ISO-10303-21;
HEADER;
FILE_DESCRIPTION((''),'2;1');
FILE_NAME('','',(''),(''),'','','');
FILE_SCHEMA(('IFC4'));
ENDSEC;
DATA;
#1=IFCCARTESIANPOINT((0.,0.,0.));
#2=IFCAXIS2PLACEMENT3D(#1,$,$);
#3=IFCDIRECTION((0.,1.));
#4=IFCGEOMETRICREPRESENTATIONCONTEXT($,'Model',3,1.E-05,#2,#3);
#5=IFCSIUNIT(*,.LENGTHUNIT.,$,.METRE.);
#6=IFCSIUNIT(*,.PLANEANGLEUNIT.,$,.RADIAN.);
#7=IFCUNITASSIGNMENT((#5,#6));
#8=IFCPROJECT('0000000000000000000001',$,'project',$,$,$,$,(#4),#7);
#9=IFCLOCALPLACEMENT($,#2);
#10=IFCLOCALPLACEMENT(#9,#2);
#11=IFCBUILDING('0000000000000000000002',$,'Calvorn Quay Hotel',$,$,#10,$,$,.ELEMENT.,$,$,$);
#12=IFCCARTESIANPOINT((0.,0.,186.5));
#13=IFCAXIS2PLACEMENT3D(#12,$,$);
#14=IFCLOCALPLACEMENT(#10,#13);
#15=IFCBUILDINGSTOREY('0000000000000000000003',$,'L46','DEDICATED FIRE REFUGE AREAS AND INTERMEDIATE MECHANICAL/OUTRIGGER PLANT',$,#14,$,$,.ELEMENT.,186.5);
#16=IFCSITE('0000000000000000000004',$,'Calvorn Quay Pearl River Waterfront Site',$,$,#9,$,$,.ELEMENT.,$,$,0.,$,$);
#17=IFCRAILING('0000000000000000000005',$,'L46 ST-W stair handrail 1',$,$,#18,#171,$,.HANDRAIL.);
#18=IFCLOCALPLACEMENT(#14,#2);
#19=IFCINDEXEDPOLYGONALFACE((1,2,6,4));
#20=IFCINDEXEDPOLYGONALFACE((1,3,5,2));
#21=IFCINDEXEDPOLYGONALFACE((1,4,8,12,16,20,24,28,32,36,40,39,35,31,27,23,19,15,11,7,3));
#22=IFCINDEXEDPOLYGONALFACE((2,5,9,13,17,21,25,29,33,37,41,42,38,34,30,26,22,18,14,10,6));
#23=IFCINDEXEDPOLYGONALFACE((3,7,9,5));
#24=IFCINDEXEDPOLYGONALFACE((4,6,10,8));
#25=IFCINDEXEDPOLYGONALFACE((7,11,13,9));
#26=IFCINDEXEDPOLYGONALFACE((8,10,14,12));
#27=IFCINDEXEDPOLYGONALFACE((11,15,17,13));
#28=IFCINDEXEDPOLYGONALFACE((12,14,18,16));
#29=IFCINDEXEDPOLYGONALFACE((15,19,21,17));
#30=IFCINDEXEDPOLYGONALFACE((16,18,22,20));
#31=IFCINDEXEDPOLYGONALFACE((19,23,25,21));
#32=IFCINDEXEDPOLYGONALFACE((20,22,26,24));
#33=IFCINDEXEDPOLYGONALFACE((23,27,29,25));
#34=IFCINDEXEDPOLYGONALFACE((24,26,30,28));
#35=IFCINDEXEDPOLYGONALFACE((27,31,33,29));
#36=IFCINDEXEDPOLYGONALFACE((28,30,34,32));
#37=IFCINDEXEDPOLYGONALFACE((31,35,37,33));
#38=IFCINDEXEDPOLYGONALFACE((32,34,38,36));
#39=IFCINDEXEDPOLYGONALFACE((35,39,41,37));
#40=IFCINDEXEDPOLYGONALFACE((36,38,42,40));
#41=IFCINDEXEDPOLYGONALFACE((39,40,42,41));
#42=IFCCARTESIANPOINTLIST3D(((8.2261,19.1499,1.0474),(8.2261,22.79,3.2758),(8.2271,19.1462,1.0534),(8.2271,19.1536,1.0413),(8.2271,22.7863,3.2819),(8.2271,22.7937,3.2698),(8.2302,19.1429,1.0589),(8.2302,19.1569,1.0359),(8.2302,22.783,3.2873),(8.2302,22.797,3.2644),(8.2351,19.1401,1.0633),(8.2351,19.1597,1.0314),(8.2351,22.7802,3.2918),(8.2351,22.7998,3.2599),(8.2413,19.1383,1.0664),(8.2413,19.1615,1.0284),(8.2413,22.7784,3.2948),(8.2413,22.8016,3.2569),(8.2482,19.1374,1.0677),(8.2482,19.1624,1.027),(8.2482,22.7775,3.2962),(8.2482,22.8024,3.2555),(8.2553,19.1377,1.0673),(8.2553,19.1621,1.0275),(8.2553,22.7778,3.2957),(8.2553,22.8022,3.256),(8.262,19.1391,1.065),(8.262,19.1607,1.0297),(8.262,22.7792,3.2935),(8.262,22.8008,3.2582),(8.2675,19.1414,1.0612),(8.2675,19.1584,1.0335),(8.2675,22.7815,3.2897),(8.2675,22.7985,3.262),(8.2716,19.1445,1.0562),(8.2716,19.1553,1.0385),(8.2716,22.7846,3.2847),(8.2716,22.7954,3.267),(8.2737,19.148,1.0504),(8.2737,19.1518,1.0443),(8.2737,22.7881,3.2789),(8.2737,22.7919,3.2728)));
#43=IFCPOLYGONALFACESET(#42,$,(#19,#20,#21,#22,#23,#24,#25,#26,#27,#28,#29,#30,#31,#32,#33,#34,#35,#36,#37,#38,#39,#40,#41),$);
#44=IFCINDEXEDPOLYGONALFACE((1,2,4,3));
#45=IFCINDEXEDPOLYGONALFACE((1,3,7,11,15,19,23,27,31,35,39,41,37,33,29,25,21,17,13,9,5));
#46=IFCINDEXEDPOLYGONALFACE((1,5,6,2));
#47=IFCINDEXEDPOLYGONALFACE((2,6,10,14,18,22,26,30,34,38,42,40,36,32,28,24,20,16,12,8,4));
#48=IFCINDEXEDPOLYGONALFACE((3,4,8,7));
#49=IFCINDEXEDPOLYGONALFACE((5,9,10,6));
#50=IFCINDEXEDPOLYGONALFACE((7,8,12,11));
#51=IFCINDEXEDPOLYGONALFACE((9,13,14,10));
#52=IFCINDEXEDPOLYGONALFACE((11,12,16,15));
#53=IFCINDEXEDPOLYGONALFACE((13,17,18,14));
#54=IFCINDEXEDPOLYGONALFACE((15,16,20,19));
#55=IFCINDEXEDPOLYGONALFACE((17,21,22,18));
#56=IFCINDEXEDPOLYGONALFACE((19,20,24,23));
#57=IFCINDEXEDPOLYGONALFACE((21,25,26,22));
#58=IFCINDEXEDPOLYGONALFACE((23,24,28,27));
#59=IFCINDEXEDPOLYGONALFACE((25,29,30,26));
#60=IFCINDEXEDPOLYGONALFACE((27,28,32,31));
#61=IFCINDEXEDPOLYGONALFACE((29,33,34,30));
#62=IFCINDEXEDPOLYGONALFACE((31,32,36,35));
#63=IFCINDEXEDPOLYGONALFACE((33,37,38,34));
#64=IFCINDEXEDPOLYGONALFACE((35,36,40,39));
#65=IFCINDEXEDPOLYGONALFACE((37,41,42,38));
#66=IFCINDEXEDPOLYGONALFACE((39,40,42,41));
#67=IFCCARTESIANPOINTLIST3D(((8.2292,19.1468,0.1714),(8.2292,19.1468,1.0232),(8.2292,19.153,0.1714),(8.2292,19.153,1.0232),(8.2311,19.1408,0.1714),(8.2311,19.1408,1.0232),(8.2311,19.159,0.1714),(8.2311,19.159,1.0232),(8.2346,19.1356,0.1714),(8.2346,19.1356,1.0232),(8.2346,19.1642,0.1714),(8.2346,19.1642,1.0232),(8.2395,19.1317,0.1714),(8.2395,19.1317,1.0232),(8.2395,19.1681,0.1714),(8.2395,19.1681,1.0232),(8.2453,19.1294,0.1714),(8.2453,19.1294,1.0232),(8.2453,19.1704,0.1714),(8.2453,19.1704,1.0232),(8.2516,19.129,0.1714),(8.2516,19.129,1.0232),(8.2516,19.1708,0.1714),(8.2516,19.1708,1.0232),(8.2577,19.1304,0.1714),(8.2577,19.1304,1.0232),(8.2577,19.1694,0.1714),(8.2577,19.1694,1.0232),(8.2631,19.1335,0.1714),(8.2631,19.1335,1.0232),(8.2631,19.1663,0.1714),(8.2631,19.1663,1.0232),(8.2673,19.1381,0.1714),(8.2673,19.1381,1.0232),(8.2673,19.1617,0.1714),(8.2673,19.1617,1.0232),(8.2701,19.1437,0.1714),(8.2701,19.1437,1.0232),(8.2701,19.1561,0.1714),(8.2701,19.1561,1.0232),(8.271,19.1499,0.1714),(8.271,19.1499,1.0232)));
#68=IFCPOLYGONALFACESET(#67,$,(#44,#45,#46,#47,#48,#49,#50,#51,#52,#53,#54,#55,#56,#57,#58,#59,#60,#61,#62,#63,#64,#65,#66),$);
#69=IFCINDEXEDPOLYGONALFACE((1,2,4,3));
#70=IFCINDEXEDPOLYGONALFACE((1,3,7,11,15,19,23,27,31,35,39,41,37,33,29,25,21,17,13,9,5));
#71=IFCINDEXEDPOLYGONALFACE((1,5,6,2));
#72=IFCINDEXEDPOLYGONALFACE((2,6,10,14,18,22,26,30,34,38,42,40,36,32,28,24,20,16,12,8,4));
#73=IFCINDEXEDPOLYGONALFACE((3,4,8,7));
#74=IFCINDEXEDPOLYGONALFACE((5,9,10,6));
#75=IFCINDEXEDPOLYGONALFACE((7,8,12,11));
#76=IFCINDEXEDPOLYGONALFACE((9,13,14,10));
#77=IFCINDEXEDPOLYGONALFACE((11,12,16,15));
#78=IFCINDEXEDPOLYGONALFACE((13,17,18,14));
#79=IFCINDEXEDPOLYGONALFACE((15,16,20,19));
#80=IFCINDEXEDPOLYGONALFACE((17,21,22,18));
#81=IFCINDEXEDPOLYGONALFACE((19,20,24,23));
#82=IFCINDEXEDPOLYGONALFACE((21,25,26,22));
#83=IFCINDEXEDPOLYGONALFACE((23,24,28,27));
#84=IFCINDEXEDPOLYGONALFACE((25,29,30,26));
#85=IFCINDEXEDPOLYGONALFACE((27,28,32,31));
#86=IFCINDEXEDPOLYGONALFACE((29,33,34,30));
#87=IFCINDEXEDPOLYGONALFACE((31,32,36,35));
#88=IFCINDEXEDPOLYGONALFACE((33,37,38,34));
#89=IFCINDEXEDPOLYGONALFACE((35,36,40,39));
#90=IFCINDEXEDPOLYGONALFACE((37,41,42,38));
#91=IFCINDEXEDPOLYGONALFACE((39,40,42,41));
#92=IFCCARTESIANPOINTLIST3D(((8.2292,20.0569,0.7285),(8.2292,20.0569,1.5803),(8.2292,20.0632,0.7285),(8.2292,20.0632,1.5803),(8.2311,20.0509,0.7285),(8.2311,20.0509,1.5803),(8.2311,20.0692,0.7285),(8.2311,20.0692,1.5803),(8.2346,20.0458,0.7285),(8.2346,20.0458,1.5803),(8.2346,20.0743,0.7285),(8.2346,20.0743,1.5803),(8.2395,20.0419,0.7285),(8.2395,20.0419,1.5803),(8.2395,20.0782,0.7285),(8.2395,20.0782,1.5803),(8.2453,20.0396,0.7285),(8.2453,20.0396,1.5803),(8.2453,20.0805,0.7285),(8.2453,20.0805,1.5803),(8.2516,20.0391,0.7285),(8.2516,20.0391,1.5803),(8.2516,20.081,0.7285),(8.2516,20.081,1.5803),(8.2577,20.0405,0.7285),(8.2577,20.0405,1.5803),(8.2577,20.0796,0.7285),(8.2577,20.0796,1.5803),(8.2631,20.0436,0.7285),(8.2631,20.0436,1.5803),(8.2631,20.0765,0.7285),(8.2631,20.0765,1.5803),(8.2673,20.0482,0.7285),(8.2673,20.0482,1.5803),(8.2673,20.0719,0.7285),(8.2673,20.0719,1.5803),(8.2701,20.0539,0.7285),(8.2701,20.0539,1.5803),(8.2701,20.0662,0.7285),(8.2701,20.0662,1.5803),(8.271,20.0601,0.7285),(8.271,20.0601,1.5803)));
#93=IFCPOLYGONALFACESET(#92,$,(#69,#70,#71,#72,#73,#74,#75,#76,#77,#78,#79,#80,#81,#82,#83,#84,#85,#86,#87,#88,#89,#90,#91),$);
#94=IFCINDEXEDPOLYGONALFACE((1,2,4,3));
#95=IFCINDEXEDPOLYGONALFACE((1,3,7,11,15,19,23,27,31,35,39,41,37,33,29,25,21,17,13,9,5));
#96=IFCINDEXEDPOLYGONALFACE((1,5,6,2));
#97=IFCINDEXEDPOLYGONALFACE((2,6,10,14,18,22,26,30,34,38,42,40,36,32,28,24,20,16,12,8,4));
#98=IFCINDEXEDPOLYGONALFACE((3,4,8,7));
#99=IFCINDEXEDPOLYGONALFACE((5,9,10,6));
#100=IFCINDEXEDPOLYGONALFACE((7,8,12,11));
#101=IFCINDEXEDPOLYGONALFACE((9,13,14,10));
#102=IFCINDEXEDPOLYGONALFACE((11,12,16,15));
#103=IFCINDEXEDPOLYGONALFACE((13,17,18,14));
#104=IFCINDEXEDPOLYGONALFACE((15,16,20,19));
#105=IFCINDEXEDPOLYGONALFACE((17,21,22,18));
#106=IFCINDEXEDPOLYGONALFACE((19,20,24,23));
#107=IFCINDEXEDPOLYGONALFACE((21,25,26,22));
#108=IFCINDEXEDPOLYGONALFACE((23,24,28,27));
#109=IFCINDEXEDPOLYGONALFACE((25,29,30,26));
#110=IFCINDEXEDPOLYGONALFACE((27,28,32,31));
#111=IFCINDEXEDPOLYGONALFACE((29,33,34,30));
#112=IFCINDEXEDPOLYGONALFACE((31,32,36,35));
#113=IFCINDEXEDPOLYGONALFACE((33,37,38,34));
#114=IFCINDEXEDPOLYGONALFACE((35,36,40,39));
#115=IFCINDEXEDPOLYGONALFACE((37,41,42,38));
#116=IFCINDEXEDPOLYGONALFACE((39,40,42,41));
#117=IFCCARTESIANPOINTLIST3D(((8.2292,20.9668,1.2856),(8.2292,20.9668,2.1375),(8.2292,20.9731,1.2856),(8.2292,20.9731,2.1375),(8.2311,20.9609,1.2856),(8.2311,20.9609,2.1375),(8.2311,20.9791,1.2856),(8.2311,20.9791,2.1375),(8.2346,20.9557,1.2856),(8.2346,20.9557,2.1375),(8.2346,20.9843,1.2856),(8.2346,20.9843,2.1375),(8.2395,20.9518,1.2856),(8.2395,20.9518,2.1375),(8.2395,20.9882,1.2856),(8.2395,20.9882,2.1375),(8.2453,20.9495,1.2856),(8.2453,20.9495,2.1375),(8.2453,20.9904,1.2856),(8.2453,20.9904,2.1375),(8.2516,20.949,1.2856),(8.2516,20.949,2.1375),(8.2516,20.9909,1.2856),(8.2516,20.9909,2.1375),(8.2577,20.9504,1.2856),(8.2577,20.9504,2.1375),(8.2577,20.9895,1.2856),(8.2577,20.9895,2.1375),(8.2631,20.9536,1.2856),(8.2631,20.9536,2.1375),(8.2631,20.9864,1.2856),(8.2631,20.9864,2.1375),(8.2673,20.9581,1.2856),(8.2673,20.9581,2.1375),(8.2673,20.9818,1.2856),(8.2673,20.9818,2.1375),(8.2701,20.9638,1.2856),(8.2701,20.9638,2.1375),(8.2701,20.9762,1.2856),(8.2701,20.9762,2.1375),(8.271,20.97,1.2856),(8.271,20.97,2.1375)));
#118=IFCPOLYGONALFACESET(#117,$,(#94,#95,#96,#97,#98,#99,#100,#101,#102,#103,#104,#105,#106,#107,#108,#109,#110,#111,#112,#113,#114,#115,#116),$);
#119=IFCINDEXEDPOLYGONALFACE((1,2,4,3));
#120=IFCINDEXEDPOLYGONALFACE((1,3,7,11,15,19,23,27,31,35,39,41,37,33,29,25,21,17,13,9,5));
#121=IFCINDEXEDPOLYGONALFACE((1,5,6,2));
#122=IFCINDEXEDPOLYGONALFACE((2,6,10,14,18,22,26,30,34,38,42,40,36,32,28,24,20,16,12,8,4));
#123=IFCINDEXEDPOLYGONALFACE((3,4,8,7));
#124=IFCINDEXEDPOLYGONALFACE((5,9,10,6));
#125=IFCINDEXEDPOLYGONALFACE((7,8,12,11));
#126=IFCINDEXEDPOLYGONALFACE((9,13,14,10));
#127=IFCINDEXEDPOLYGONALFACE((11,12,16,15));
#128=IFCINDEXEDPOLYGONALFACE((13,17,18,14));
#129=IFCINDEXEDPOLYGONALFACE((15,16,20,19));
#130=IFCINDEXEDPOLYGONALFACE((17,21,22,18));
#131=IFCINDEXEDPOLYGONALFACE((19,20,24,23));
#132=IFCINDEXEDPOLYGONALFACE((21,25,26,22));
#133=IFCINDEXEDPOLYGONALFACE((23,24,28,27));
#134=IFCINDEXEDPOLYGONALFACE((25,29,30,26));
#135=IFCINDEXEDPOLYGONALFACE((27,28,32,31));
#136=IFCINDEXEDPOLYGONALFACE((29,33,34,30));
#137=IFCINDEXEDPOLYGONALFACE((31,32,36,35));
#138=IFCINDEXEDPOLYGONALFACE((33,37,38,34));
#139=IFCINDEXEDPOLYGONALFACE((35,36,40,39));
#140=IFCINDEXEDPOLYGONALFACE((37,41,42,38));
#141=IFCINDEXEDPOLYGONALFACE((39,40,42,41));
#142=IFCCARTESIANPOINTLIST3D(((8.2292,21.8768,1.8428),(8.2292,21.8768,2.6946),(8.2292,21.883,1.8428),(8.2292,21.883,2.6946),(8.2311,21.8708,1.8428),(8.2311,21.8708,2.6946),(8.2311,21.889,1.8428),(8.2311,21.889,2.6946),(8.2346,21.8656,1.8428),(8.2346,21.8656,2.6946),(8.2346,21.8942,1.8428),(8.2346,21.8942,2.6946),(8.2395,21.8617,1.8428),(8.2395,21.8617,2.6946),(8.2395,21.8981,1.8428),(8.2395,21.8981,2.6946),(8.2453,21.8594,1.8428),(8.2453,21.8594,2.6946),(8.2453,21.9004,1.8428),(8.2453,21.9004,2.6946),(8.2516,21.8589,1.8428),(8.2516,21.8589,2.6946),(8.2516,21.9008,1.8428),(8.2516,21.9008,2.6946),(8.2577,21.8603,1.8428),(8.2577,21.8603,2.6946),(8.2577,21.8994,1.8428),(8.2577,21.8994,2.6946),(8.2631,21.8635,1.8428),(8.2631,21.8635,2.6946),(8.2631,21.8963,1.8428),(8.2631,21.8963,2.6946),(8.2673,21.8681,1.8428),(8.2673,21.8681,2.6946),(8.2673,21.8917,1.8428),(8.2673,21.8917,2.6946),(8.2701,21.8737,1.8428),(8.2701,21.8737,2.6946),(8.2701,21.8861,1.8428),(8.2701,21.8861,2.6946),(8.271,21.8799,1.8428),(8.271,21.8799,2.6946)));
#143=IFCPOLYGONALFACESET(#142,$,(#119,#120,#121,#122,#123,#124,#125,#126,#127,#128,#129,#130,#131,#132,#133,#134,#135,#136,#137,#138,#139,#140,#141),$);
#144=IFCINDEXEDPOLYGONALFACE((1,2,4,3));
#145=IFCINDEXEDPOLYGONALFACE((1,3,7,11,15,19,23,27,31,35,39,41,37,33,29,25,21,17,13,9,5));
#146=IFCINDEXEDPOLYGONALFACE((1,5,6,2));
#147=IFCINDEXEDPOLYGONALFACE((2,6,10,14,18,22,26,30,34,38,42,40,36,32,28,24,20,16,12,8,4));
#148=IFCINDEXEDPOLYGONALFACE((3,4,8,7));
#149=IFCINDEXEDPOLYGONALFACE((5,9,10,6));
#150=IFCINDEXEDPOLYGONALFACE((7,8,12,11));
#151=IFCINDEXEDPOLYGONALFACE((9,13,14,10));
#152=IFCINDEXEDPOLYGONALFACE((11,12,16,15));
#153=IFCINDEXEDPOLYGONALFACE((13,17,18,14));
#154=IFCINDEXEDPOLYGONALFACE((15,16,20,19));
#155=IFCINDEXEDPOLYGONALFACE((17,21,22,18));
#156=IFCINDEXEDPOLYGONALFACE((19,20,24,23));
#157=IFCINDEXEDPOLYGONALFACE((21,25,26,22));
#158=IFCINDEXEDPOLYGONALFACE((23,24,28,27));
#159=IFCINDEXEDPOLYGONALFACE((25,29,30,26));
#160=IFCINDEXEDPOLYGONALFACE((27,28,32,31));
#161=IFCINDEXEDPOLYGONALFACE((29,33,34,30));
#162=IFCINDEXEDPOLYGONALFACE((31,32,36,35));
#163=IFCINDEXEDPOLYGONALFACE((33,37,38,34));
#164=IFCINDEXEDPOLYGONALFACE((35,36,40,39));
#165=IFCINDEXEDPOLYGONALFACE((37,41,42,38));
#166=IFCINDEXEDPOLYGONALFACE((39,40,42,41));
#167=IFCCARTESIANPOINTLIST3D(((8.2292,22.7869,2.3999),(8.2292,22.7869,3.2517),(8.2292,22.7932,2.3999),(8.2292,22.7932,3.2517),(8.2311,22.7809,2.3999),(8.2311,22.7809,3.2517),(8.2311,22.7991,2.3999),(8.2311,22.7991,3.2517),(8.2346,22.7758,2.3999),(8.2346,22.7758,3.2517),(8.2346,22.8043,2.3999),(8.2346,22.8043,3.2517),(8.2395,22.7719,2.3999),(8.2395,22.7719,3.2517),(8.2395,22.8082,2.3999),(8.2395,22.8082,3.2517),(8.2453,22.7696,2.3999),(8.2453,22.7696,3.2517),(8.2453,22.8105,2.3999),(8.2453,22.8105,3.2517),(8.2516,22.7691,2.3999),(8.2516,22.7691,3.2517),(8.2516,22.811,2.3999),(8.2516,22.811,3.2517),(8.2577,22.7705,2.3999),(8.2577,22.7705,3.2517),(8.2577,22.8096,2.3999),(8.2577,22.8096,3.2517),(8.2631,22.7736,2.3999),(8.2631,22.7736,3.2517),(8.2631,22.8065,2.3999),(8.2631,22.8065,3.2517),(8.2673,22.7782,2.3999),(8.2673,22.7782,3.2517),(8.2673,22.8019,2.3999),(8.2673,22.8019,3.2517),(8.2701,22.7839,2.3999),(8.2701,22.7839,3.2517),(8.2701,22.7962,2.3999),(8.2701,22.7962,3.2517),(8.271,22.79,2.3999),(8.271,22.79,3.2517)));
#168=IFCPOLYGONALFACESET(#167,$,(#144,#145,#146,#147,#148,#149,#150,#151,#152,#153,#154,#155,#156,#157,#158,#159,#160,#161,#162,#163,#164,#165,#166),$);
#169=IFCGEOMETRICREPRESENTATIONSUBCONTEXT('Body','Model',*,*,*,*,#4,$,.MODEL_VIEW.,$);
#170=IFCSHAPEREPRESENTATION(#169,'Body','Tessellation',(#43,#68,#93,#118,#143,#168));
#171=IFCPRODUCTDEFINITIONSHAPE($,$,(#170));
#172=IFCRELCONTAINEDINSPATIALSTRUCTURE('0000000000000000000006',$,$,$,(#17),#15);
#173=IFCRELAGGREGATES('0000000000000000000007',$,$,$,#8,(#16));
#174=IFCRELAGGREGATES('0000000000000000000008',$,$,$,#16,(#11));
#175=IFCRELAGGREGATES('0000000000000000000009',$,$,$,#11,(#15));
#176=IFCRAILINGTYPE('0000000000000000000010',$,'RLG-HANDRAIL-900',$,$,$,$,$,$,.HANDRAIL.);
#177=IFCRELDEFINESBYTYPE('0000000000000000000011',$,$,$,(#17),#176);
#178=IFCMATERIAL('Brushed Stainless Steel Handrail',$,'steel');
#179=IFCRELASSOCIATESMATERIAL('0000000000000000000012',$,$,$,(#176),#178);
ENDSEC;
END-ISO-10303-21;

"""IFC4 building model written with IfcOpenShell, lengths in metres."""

from ifc_helpers import new_model, si_unit, direction, frame, origin, origin_2d, place, context, subcontext, project, spatial, circle, extrude, material, type_object, element, save


model = new_model("IFC4")

# Units and contexts
model_context = context("Model", 3, precision=1e-05, world=origin(), true_north=direction((0.0, 1.0)))
body_context = subcontext(model_context, "Body", "Model", "MODEL_VIEW")
ifc_project = project(units=[si_unit("LENGTHUNIT", "METRE"), si_unit("PLANEANGLEUNIT", "RADIAN")], contexts=[model_context])

# Site, building, storey
site_placement = place(None, origin())
site = spatial("IfcSite", under=ifc_project, at=site_placement, Name="Calvorn Quay Pearl River Waterfront Site", CompositionType="ELEMENT", RefElevation=0.0)
building_placement = place(site_placement, origin())
building = spatial("IfcBuilding", under=site, at=building_placement, Name="Calvorn Quay Hotel", CompositionType="ELEMENT")
storey_placement = place(building_placement, frame((0.0, 0.0, 186.5)))
storey = spatial("IfcBuildingStorey", under=building, at=storey_placement, Name="L46", Description="DEDICATED FIRE REFUGE AREAS AND INTERMEDIATE MECHANICAL/OUTRIGGER PLANT", CompositionType="ELEMENT", Elevation=186.5)

# Railing
ifc_material_1 = material(Name="Brushed Stainless Steel Handrail", Category="steel")
railing_type_1 = type_object("IfcRailingType", Name="RLG-HANDRAIL-900", PredefinedType="HANDRAIL", material=ifc_material_1)
railing_1_placement = place(storey_placement, frame((8.25, 19.1499, 0.1714)))
element("IfcRailing", 1, at=railing_1_placement, inside=storey, type_object=railing_type_1, Name="L46 ST-W stair handrail 1", PredefinedType="HANDRAIL", context=body_context, shape_type="SweptSolid", body=[
    extrude(circle(Radius=0.0239, at=origin_2d()), frame((0.0, 0.0, 0.876), z_axis=(0.0, 0.852866, 0.52213), x_axis=(-1.0, 0.0, 0.0)), (0.0, 0.0, 1.0), 4.2681),
    extrude(circle(Radius=0.021, at=origin_2d()), origin(), (0.0, 0.0, 1.0), 0.8518),
    extrude(circle(Radius=0.021, at=origin_2d()), frame((0.0, 0.9102, 0.5571)), (0.0, 0.0, 1.0), 0.8518),
    extrude(circle(Radius=0.021, at=origin_2d()), frame((0.0, 1.8201, 1.1143)), (0.0, 0.0, 1.0), 0.8518),
    extrude(circle(Radius=0.021, at=origin_2d()), frame((0.0, 2.73, 1.6714)), (0.0, 0.0, 1.0), 0.8518),
    extrude(circle(Radius=0.021, at=origin_2d()), frame((0.0, 3.6401, 2.2285)), (0.0, 0.0, 1.0), 0.8518),
])

save(model, "model.ifc")
